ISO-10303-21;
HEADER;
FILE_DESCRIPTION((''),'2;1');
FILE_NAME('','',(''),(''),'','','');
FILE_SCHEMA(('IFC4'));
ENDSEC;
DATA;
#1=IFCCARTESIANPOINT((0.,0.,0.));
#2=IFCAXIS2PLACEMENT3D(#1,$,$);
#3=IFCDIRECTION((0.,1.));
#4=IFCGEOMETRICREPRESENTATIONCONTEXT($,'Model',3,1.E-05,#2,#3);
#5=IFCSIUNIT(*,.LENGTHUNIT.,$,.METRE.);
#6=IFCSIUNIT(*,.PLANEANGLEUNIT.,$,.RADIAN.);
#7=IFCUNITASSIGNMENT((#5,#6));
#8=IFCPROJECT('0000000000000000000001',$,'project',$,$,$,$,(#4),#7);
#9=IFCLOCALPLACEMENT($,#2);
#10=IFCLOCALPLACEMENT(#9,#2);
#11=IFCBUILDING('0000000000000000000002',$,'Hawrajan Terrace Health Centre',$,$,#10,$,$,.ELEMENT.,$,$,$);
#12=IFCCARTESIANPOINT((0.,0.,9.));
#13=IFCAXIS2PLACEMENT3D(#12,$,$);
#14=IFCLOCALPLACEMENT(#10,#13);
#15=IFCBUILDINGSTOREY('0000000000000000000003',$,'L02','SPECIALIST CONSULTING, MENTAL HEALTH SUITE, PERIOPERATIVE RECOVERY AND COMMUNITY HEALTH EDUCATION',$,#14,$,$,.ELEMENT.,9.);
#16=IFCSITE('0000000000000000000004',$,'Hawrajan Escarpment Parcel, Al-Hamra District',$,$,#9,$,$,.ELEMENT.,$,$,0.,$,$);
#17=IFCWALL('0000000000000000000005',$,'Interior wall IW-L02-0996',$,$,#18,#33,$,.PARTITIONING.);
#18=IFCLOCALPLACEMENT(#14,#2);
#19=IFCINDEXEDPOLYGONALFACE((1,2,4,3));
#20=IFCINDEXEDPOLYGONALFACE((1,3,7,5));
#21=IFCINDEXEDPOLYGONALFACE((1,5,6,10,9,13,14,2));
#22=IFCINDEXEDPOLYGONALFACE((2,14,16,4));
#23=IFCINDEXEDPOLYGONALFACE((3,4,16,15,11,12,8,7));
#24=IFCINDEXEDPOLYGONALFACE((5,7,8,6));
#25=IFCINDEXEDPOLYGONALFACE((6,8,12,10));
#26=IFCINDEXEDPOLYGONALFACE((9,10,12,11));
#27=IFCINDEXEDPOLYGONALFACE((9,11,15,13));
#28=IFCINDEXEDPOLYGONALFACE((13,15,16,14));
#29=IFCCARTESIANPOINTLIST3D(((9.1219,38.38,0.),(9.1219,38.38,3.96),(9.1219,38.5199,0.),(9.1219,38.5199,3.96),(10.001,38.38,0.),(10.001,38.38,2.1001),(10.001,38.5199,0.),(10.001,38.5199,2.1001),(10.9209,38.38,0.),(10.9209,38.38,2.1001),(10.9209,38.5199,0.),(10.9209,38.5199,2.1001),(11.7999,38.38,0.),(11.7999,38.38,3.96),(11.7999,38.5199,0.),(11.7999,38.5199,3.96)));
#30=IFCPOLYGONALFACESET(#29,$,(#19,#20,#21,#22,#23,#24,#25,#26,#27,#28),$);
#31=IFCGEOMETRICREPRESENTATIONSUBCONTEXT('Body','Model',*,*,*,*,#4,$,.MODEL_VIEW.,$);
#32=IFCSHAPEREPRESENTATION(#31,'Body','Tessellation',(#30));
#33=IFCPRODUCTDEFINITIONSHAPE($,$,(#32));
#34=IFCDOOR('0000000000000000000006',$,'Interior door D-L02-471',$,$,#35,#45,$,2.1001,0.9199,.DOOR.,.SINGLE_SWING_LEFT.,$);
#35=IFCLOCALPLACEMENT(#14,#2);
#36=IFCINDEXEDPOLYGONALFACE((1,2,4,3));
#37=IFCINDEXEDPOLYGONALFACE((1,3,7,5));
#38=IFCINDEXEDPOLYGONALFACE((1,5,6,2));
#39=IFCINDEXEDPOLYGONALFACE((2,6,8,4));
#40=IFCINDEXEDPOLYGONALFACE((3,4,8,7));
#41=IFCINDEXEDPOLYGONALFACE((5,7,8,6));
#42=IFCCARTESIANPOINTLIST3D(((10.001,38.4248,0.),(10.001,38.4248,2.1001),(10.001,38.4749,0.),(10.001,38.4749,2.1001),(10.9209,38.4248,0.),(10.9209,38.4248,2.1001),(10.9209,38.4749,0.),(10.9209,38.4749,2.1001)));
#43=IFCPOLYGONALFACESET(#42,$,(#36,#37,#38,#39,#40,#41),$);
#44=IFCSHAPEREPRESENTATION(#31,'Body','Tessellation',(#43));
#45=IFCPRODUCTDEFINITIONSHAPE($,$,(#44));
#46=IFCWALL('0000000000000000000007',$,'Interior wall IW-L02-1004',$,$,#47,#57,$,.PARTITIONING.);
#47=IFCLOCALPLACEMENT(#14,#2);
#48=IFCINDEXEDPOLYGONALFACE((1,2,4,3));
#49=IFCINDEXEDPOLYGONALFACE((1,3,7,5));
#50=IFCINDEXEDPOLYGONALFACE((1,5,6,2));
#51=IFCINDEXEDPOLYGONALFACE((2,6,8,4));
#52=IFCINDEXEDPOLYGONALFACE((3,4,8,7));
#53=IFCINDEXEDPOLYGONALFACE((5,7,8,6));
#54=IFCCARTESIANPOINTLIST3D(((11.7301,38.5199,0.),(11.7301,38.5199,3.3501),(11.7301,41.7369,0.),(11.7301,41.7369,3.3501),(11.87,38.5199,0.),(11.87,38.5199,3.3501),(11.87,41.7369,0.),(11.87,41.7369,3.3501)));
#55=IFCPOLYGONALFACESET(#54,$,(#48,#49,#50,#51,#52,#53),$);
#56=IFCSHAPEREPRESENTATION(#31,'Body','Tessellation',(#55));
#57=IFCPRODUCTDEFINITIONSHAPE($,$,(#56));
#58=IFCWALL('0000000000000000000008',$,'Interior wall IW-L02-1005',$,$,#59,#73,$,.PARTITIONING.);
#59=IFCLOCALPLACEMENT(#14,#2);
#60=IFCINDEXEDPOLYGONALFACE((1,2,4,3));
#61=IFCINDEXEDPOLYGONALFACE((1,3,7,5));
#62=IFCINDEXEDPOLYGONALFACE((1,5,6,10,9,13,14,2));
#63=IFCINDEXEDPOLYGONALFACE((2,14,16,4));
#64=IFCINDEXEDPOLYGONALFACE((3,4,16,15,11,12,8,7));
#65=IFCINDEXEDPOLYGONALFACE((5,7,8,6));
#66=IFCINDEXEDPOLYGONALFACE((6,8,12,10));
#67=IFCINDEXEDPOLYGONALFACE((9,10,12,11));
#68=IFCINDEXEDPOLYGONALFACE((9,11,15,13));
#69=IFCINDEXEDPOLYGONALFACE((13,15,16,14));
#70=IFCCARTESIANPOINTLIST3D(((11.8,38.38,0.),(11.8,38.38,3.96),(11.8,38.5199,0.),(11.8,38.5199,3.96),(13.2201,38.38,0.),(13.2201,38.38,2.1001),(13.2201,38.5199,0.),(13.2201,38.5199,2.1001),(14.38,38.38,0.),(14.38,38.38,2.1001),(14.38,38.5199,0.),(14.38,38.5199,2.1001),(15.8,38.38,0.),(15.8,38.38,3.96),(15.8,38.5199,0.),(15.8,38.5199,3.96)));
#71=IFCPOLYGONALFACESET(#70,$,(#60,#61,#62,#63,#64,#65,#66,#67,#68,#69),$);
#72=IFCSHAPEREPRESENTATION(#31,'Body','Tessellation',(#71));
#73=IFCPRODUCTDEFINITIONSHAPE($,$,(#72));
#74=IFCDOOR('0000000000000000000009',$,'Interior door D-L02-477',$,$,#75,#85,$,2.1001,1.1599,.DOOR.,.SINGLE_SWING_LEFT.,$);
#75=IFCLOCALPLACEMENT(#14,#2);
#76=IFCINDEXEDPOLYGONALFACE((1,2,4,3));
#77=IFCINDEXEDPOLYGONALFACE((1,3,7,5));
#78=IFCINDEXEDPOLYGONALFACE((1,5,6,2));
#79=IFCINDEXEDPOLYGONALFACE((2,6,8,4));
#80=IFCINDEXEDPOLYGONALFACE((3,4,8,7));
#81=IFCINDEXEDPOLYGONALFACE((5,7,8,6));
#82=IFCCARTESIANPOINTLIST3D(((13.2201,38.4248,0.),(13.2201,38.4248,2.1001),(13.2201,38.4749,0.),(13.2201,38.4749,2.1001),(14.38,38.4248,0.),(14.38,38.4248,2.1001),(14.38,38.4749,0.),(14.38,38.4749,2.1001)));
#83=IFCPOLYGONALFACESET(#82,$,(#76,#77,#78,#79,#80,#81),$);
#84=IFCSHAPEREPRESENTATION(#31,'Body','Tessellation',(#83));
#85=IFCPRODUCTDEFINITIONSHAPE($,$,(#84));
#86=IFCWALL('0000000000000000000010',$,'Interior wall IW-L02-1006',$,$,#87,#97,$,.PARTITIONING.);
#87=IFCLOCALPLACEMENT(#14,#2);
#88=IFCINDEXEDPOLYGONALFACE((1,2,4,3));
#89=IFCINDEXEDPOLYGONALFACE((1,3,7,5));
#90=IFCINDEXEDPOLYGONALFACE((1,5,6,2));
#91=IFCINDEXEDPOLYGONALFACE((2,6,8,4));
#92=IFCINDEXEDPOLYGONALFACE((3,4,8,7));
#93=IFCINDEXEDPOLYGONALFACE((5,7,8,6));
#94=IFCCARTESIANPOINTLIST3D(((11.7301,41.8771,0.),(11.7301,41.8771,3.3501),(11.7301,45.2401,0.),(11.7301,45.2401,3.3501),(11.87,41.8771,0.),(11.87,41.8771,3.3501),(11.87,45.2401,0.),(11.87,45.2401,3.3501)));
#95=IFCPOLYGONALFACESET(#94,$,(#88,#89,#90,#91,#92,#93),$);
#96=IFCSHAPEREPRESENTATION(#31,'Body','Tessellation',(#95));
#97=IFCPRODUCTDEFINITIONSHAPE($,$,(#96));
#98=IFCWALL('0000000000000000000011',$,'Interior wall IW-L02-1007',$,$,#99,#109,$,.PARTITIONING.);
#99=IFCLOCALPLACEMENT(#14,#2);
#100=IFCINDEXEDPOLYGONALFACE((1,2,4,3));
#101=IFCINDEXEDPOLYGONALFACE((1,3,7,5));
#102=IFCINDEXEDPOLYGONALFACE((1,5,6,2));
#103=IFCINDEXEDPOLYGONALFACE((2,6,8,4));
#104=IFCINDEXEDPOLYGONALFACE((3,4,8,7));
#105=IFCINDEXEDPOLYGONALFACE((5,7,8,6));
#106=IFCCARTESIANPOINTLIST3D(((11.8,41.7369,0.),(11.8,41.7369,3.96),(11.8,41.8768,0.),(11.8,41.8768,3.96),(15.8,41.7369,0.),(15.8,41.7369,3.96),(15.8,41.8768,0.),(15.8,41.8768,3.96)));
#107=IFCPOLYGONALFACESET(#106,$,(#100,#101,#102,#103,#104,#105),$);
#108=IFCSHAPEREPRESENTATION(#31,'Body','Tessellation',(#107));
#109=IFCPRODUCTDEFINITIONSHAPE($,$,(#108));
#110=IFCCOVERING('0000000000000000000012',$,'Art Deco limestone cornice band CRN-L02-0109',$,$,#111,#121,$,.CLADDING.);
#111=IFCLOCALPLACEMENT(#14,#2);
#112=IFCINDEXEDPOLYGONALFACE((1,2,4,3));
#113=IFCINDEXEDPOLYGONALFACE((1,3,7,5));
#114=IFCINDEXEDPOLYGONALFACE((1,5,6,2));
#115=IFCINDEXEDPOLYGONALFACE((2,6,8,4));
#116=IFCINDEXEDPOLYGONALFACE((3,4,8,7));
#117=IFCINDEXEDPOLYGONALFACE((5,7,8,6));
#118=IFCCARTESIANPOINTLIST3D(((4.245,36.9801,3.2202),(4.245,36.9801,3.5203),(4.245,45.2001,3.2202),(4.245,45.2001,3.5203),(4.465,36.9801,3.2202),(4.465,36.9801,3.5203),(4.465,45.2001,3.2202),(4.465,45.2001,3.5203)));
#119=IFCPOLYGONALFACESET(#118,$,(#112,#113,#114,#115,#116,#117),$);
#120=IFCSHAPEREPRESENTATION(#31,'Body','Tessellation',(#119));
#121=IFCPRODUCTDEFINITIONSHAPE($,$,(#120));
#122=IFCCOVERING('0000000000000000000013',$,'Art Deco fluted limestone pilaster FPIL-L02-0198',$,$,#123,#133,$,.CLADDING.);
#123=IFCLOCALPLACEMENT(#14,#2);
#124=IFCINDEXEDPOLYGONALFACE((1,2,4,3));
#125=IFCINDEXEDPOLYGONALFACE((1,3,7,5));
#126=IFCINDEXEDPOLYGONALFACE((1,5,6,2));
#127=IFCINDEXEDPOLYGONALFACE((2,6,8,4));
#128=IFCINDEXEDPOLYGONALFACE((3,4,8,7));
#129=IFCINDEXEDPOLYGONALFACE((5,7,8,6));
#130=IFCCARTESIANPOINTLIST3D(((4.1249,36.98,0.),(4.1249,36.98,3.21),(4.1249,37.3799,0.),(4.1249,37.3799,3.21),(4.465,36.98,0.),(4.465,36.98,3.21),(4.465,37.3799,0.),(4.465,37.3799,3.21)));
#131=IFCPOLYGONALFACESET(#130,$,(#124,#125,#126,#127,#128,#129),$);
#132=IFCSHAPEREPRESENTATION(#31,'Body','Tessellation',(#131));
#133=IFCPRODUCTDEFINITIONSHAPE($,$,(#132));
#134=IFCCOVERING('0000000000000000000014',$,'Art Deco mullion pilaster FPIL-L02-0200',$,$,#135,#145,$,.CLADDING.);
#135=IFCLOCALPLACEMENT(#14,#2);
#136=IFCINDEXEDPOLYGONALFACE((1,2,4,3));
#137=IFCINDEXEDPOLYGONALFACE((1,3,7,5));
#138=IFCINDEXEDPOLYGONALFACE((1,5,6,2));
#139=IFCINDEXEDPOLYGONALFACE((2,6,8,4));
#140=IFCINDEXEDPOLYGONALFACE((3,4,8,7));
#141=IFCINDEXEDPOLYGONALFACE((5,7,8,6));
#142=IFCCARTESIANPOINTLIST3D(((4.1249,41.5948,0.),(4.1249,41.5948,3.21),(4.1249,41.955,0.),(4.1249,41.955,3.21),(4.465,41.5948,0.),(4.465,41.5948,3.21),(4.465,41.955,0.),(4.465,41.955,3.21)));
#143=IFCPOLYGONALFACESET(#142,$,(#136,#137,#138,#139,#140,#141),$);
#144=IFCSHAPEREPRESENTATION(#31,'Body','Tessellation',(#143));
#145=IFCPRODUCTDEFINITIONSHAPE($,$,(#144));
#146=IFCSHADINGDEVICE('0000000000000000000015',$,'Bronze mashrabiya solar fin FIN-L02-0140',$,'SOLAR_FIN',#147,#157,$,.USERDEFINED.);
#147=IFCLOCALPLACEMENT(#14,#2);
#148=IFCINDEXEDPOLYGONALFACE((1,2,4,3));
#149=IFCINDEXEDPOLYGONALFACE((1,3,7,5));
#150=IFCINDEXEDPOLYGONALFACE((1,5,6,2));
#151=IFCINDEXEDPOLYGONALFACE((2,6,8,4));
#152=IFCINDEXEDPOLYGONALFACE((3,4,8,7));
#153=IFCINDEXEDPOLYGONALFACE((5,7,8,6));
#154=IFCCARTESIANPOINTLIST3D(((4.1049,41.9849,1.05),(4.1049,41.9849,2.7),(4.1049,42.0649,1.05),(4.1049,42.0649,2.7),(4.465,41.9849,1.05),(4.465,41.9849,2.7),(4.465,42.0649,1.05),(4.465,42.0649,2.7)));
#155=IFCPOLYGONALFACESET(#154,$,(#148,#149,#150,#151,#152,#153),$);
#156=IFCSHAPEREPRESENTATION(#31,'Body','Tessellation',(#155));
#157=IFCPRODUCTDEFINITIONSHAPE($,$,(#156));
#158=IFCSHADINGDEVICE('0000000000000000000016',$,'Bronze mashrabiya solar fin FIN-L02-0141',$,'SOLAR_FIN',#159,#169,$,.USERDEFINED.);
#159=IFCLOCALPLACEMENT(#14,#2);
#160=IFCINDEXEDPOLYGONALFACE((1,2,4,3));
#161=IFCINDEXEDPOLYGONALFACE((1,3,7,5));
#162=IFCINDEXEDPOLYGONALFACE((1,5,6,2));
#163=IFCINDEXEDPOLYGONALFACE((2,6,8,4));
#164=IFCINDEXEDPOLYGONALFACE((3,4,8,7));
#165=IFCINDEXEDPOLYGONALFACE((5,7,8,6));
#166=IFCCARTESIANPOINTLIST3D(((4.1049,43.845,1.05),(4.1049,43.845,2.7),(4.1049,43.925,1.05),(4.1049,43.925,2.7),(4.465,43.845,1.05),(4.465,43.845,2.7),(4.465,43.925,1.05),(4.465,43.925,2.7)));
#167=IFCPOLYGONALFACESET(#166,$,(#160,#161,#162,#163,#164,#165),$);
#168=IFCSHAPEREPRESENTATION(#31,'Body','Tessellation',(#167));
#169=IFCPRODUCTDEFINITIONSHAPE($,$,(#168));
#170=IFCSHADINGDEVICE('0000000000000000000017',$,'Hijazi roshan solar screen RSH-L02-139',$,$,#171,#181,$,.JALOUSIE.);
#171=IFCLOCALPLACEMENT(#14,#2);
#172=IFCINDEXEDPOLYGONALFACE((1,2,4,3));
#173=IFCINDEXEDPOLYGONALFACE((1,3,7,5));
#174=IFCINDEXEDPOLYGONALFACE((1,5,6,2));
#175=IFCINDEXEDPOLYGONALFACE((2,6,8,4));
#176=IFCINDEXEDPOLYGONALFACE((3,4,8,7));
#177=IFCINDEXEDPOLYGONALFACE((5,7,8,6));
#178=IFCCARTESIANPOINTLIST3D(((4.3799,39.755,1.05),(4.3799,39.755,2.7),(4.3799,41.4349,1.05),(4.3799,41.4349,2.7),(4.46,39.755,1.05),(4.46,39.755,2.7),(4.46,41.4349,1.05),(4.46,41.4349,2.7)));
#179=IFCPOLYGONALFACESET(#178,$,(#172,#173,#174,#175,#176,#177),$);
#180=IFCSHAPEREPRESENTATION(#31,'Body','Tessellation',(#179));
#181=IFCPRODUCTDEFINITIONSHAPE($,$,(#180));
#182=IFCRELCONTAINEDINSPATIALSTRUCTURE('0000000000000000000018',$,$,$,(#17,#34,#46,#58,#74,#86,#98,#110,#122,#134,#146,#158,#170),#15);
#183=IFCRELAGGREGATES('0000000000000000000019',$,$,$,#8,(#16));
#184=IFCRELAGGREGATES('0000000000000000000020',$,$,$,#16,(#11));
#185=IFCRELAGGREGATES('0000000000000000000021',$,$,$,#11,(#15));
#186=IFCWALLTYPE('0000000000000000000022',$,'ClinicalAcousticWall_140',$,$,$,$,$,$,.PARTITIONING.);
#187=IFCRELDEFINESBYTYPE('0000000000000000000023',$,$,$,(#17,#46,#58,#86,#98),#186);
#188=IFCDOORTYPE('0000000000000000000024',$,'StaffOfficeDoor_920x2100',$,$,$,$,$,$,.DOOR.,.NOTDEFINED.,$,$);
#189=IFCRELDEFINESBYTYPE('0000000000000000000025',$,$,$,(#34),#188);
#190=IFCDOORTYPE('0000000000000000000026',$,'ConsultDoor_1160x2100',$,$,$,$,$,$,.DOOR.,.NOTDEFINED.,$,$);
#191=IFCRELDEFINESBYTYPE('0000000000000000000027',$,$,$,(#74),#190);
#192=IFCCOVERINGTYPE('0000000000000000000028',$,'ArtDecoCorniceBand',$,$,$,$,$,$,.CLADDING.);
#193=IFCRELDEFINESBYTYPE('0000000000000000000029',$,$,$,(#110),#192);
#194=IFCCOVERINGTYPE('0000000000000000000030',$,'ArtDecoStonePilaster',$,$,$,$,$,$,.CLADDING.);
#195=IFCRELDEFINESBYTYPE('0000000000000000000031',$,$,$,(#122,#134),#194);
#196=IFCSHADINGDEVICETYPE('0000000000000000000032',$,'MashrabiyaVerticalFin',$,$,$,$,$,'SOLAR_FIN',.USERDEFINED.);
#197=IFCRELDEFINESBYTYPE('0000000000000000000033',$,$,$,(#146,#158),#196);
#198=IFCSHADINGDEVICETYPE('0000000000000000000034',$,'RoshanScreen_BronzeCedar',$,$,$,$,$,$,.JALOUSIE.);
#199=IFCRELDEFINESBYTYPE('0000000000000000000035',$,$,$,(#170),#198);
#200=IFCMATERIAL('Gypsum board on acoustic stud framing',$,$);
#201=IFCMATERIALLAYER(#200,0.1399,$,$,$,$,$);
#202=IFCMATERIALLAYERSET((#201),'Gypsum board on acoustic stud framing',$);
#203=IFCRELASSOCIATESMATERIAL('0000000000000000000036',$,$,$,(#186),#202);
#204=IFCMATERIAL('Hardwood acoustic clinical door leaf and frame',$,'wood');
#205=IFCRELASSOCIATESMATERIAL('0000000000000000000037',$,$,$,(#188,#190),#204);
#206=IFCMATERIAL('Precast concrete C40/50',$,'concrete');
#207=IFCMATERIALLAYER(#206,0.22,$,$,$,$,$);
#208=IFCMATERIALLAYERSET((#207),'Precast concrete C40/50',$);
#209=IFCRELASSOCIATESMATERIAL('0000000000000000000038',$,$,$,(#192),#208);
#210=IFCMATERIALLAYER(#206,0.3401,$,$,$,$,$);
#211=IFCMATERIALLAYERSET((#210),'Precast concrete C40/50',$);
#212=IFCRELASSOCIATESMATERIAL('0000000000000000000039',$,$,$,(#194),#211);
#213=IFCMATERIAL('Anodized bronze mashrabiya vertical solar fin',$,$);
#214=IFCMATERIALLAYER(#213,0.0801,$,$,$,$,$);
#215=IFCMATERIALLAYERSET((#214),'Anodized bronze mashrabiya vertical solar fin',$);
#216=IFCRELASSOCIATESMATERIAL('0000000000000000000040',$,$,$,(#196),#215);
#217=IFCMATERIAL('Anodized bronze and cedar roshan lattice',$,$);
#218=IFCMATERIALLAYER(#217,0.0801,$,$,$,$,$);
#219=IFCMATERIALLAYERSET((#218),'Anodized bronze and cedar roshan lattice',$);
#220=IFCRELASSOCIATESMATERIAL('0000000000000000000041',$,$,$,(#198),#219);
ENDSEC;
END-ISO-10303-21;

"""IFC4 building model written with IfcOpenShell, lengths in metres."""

from ifc_helpers import new_model, si_unit, direction, frame, frame_2d, origin, origin_2d, place, context, subcontext, project, spatial, rectangle, extrude, material, layer, layer_set, type_object, element, fill, save


model = new_model("IFC4")

# Units and contexts
model_context = context("Model", 3, precision=1e-05, world=origin(), true_north=direction((0.0, 1.0)))
body_context = subcontext(model_context, "Body", "Model", "MODEL_VIEW")
ifc_project = project(units=[si_unit("LENGTHUNIT", "METRE"), si_unit("PLANEANGLEUNIT", "RADIAN")], contexts=[model_context])

# Site, building, storey
site_placement = place(None, origin())
site = spatial("IfcSite", under=ifc_project, at=site_placement, Name="Hawrajan Escarpment Parcel, Al-Hamra District", CompositionType="ELEMENT", RefElevation=0.0)
building_placement = place(site_placement, origin())
building = spatial("IfcBuilding", under=site, at=building_placement, Name="Hawrajan Terrace Health Centre", CompositionType="ELEMENT")
storey_placement = place(building_placement, frame((0.0, 0.0, 9.0)))
storey = spatial("IfcBuildingStorey", under=building, at=storey_placement, Name="L02", Description="SPECIALIST CONSULTING, MENTAL HEALTH SUITE, PERIOPERATIVE RECOVERY AND COMMUNITY HEALTH EDUCATION", CompositionType="ELEMENT", Elevation=9.0)

# Shared definitions
ifc_material_1 = material(Name="Precast concrete C40/50", Category="concrete")

# Shared definitions
ifc_material_2 = material(Name="Gypsum board on acoustic stud framing")
ifc_layer_1 = layer(ifc_material_2, 0.1399)
ifc_layer_set_1 = layer_set([ifc_layer_1], Name="Gypsum board on acoustic stud framing")
wall_type_1 = type_object("IfcWallType", Name="ClinicalAcousticWall_140", PredefinedType="PARTITIONING", material=ifc_layer_set_1)
ifc_material_3 = material(Name="Hardwood acoustic clinical door leaf and frame", Category="wood")

# Wall, opening, door
wall_1_placement = place(storey_placement, frame((9.1221, 38.45, 0.0), z_axis=(0.0, 0.0, 1.0), x_axis=(1.0, 0.0, 0.0)))
wall_1 = element("IfcWall", 1, at=wall_1_placement, inside=storey, type_object=wall_type_1, Name="Interior wall IW-L02-0996", PredefinedType="PARTITIONING", context=body_context, shape_type="SweptSolid", body=[
    extrude(rectangle(XDim=2.678, YDim=0.1399, at=frame_2d((1.3389, 0.0))), origin(), (0.0, 0.0, 1.0), 3.96),
])
opening_1_placement = place(wall_1_placement, frame((0.8789, 0.0, 0.0)))
opening_1 = element("IfcOpeningElement", 2, at=opening_1_placement, cuts=wall_1, PredefinedType="OPENING", context=body_context, shape_type="SweptSolid", body=[
    extrude(rectangle(XDim=0.9199, YDim=2.1001, at=frame_2d((0.46, 1.05))), frame((0.0, 0.0798, 0.0), z_axis=(0.0, -1.0, 0.0), x_axis=(1.0, 0.0, 0.0)), (0.0, 0.0, 1.0), 0.1599),
])
door_type_1 = type_object("IfcDoorType", Name="StaffOfficeDoor_920x2100", OperationType="NOTDEFINED", PredefinedType="DOOR", material=ifc_material_3)
door_1_placement = place(opening_1_placement, origin())
door_1 = element("IfcDoor", 3, at=door_1_placement, inside=storey, type_object=door_type_1, Name="Interior door D-L02-471", OperationType="SINGLE_SWING_LEFT", OverallHeight=2.1001, OverallWidth=0.9199, PredefinedType="DOOR", context=body_context, shape_type="SweptSolid", body=[
    extrude(rectangle(XDim=0.9199, YDim=2.1001, at=frame_2d((0.46, 1.05))), frame((0.0, 0.0249, 0.0), z_axis=(0.0, -1.0, 0.0), x_axis=(1.0, 0.0, 0.0)), (0.0, 0.0, 1.0), 0.05),
])
fill(opening_1, door_1)

# Wall
wall_2_placement = place(storey_placement, frame((11.8, 38.52, 0.0), z_axis=(0.0, 0.0, 1.0), x_axis=(0.0, 1.0, 0.0)))
element("IfcWall", 4, at=wall_2_placement, inside=storey, type_object=wall_type_1, Name="Interior wall IW-L02-1004", PredefinedType="PARTITIONING", context=body_context, shape_type="SweptSolid", body=[
    extrude(rectangle(XDim=3.217, YDim=0.1399, at=frame_2d((1.6084, 0.0))), origin(), (0.0, 0.0, 1.0), 3.3501),
])

# Wall, opening, door
wall_3_placement = place(storey_placement, frame((11.8, 38.45, 0.0), z_axis=(0.0, 0.0, 1.0), x_axis=(1.0, 0.0, 0.0)))
wall_3 = element("IfcWall", 5, at=wall_3_placement, inside=storey, type_object=wall_type_1, Name="Interior wall IW-L02-1005", PredefinedType="PARTITIONING", context=body_context, shape_type="SweptSolid", body=[
    extrude(rectangle(XDim=4.0, YDim=0.1399, at=frame_2d((2.0, 0.0))), origin(), (0.0, 0.0, 1.0), 3.96),
])
opening_2_placement = place(wall_3_placement, frame((1.4199, 0.0, 0.0)))
opening_2 = element("IfcOpeningElement", 6, at=opening_2_placement, cuts=wall_3, PredefinedType="OPENING", context=body_context, shape_type="SweptSolid", body=[
    extrude(rectangle(XDim=1.1599, YDim=2.1001, at=frame_2d((0.5801, 1.05))), frame((0.0, 0.0798, 0.0), z_axis=(0.0, -1.0, 0.0), x_axis=(1.0, 0.0, 0.0)), (0.0, 0.0, 1.0), 0.1599),
])
door_type_2 = type_object("IfcDoorType", Name="ConsultDoor_1160x2100", OperationType="NOTDEFINED", PredefinedType="DOOR", material=ifc_material_3)
door_2_placement = place(opening_2_placement, origin())
door_2 = element("IfcDoor", 7, at=door_2_placement, inside=storey, type_object=door_type_2, Name="Interior door D-L02-477", OperationType="SINGLE_SWING_LEFT", OverallHeight=2.1001, OverallWidth=1.1599, PredefinedType="DOOR", context=body_context, shape_type="SweptSolid", body=[
    extrude(rectangle(XDim=1.1599, YDim=2.1001, at=frame_2d((0.5801, 1.05))), frame((0.0, 0.0249, 0.0), z_axis=(0.0, -1.0, 0.0), x_axis=(1.0, 0.0, 0.0)), (0.0, 0.0, 1.0), 0.05),
])
fill(opening_2, door_2)

# Walls
wall_4_placement = place(storey_placement, frame((11.8, 41.877, 0.0), z_axis=(0.0, 0.0, 1.0), x_axis=(0.0, 1.0, 0.0)))
element("IfcWall", 8, at=wall_4_placement, inside=storey, type_object=wall_type_1, Name="Interior wall IW-L02-1006", PredefinedType="PARTITIONING", context=body_context, shape_type="SweptSolid", body=[
    extrude(rectangle(XDim=3.363, YDim=0.1399, at=frame_2d((1.6816, 0.0))), origin(), (0.0, 0.0, 1.0), 3.3501),
])
wall_5_placement = place(storey_placement, frame((11.8, 41.8069, 0.0), z_axis=(0.0, 0.0, 1.0), x_axis=(1.0, 0.0, 0.0)))
element("IfcWall", 9, at=wall_5_placement, inside=storey, type_object=wall_type_1, Name="Interior wall IW-L02-1007", PredefinedType="PARTITIONING", context=body_context, shape_type="SweptSolid", body=[
    extrude(rectangle(XDim=4.0, YDim=0.1399, at=frame_2d((2.0, 0.0))), origin(), (0.0, 0.0, 1.0), 3.96),
])

# Coverings
ifc_layer_2 = layer(ifc_material_1, 0.22)
ifc_layer_set_2 = layer_set([ifc_layer_2], Name="Precast concrete C40/50")
covering_type_1 = type_object("IfcCoveringType", Name="ArtDecoCorniceBand", PredefinedType="CLADDING", material=ifc_layer_set_2)
covering_1_placement = place(storey_placement, frame((4.355, 41.0901, 3.2202), z_axis=(0.0, 0.0, 1.0), x_axis=(0.0, 1.0, 0.0)))
element("IfcCovering", 10, at=covering_1_placement, inside=storey, type_object=covering_type_1, Name="Art Deco limestone cornice band CRN-L02-0109", PredefinedType="CLADDING", context=body_context, shape_type="SweptSolid", body=[
    extrude(rectangle(XDim=8.22, YDim=0.22, at=origin_2d()), origin(), (0.0, 0.0, 1.0), 0.3),
])
ifc_layer_3 = layer(ifc_material_1, 0.3401)
ifc_layer_set_3 = layer_set([ifc_layer_3], Name="Precast concrete C40/50")
covering_type_2 = type_object("IfcCoveringType", Name="ArtDecoStonePilaster", PredefinedType="CLADDING", material=ifc_layer_set_3)
covering_2_placement = place(storey_placement, frame((4.2949, 37.1799, 0.0), z_axis=(0.0, 0.0, 1.0), x_axis=(0.0, 1.0, 0.0)))
element("IfcCovering", 11, at=covering_2_placement, inside=storey, type_object=covering_type_2, Name="Art Deco fluted limestone pilaster FPIL-L02-0198", PredefinedType="CLADDING", context=body_context, shape_type="SweptSolid", body=[
    extrude(rectangle(XDim=0.3999, YDim=0.3401, at=origin_2d()), origin(), (0.0, 0.0, 1.0), 3.21),
])
covering_3_placement = place(storey_placement, frame((4.2949, 41.7749, 0.0), z_axis=(0.0, 0.0, 1.0), x_axis=(0.0, 1.0, 0.0)))
element("IfcCovering", 12, at=covering_3_placement, inside=storey, type_object=covering_type_2, Name="Art Deco mullion pilaster FPIL-L02-0200", PredefinedType="CLADDING", context=body_context, shape_type="SweptSolid", body=[
    extrude(rectangle(XDim=0.3601, YDim=0.3401, at=origin_2d()), origin(), (0.0, 0.0, 1.0), 3.21),
])

# Shading devices
ifc_material_4 = material(Name="Anodized bronze mashrabiya vertical solar fin")
ifc_layer_4 = layer(ifc_material_4, 0.0801)
ifc_layer_set_4 = layer_set([ifc_layer_4], Name="Anodized bronze mashrabiya vertical solar fin")
shading_device_type_1 = type_object("IfcShadingDeviceType", Name="MashrabiyaVerticalFin", ElementType="SOLAR_FIN", PredefinedType="USERDEFINED", material=ifc_layer_set_4)
for number, where, z_axis, x_axis, name in (
    (13, (4.2849, 42.0249, 1.05), (0.0, 0.0, 1.0), (0.0, 1.0, 0.0), "Bronze mashrabiya solar fin FIN-L02-0140"),
    (14, (4.2849, 43.885, 1.05), (0.0, 0.0, 1.0), (0.0, 1.0, 0.0), "Bronze mashrabiya solar fin FIN-L02-0141"),
):
    element("IfcShadingDevice", number, at=place(storey_placement, frame(where, z_axis=z_axis, x_axis=x_axis)), inside=storey, type_object=shading_device_type_1, Name=name, ObjectType="SOLAR_FIN", PredefinedType="USERDEFINED", context=body_context, shape_type="SweptSolid", body=[
        extrude(rectangle(XDim=0.0801, YDim=0.3601, at=origin_2d()), origin(), (0.0, 0.0, 1.0), 1.6499),
    ])
ifc_material_5 = material(Name="Anodized bronze and cedar roshan lattice")
ifc_layer_5 = layer(ifc_material_5, 0.0801)
ifc_layer_set_5 = layer_set([ifc_layer_5], Name="Anodized bronze and cedar roshan lattice")
shading_device_type_2 = type_object("IfcShadingDeviceType", Name="RoshanScreen_BronzeCedar", PredefinedType="JALOUSIE", material=ifc_layer_set_5)
shading_device_placement = place(storey_placement, frame((4.4199, 40.595, 1.05), z_axis=(0.0, 0.0, 1.0), x_axis=(0.0, 1.0, 0.0)))
element("IfcShadingDevice", 15, at=shading_device_placement, inside=storey, type_object=shading_device_type_2, Name="Hijazi roshan solar screen RSH-L02-139", PredefinedType="JALOUSIE", context=body_context, shape_type="SweptSolid", body=[
    extrude(rectangle(XDim=1.6799, YDim=0.0801, at=origin_2d()), origin(), (0.0, 0.0, 1.0), 1.6499),
])

save(model, "model.ifc")
